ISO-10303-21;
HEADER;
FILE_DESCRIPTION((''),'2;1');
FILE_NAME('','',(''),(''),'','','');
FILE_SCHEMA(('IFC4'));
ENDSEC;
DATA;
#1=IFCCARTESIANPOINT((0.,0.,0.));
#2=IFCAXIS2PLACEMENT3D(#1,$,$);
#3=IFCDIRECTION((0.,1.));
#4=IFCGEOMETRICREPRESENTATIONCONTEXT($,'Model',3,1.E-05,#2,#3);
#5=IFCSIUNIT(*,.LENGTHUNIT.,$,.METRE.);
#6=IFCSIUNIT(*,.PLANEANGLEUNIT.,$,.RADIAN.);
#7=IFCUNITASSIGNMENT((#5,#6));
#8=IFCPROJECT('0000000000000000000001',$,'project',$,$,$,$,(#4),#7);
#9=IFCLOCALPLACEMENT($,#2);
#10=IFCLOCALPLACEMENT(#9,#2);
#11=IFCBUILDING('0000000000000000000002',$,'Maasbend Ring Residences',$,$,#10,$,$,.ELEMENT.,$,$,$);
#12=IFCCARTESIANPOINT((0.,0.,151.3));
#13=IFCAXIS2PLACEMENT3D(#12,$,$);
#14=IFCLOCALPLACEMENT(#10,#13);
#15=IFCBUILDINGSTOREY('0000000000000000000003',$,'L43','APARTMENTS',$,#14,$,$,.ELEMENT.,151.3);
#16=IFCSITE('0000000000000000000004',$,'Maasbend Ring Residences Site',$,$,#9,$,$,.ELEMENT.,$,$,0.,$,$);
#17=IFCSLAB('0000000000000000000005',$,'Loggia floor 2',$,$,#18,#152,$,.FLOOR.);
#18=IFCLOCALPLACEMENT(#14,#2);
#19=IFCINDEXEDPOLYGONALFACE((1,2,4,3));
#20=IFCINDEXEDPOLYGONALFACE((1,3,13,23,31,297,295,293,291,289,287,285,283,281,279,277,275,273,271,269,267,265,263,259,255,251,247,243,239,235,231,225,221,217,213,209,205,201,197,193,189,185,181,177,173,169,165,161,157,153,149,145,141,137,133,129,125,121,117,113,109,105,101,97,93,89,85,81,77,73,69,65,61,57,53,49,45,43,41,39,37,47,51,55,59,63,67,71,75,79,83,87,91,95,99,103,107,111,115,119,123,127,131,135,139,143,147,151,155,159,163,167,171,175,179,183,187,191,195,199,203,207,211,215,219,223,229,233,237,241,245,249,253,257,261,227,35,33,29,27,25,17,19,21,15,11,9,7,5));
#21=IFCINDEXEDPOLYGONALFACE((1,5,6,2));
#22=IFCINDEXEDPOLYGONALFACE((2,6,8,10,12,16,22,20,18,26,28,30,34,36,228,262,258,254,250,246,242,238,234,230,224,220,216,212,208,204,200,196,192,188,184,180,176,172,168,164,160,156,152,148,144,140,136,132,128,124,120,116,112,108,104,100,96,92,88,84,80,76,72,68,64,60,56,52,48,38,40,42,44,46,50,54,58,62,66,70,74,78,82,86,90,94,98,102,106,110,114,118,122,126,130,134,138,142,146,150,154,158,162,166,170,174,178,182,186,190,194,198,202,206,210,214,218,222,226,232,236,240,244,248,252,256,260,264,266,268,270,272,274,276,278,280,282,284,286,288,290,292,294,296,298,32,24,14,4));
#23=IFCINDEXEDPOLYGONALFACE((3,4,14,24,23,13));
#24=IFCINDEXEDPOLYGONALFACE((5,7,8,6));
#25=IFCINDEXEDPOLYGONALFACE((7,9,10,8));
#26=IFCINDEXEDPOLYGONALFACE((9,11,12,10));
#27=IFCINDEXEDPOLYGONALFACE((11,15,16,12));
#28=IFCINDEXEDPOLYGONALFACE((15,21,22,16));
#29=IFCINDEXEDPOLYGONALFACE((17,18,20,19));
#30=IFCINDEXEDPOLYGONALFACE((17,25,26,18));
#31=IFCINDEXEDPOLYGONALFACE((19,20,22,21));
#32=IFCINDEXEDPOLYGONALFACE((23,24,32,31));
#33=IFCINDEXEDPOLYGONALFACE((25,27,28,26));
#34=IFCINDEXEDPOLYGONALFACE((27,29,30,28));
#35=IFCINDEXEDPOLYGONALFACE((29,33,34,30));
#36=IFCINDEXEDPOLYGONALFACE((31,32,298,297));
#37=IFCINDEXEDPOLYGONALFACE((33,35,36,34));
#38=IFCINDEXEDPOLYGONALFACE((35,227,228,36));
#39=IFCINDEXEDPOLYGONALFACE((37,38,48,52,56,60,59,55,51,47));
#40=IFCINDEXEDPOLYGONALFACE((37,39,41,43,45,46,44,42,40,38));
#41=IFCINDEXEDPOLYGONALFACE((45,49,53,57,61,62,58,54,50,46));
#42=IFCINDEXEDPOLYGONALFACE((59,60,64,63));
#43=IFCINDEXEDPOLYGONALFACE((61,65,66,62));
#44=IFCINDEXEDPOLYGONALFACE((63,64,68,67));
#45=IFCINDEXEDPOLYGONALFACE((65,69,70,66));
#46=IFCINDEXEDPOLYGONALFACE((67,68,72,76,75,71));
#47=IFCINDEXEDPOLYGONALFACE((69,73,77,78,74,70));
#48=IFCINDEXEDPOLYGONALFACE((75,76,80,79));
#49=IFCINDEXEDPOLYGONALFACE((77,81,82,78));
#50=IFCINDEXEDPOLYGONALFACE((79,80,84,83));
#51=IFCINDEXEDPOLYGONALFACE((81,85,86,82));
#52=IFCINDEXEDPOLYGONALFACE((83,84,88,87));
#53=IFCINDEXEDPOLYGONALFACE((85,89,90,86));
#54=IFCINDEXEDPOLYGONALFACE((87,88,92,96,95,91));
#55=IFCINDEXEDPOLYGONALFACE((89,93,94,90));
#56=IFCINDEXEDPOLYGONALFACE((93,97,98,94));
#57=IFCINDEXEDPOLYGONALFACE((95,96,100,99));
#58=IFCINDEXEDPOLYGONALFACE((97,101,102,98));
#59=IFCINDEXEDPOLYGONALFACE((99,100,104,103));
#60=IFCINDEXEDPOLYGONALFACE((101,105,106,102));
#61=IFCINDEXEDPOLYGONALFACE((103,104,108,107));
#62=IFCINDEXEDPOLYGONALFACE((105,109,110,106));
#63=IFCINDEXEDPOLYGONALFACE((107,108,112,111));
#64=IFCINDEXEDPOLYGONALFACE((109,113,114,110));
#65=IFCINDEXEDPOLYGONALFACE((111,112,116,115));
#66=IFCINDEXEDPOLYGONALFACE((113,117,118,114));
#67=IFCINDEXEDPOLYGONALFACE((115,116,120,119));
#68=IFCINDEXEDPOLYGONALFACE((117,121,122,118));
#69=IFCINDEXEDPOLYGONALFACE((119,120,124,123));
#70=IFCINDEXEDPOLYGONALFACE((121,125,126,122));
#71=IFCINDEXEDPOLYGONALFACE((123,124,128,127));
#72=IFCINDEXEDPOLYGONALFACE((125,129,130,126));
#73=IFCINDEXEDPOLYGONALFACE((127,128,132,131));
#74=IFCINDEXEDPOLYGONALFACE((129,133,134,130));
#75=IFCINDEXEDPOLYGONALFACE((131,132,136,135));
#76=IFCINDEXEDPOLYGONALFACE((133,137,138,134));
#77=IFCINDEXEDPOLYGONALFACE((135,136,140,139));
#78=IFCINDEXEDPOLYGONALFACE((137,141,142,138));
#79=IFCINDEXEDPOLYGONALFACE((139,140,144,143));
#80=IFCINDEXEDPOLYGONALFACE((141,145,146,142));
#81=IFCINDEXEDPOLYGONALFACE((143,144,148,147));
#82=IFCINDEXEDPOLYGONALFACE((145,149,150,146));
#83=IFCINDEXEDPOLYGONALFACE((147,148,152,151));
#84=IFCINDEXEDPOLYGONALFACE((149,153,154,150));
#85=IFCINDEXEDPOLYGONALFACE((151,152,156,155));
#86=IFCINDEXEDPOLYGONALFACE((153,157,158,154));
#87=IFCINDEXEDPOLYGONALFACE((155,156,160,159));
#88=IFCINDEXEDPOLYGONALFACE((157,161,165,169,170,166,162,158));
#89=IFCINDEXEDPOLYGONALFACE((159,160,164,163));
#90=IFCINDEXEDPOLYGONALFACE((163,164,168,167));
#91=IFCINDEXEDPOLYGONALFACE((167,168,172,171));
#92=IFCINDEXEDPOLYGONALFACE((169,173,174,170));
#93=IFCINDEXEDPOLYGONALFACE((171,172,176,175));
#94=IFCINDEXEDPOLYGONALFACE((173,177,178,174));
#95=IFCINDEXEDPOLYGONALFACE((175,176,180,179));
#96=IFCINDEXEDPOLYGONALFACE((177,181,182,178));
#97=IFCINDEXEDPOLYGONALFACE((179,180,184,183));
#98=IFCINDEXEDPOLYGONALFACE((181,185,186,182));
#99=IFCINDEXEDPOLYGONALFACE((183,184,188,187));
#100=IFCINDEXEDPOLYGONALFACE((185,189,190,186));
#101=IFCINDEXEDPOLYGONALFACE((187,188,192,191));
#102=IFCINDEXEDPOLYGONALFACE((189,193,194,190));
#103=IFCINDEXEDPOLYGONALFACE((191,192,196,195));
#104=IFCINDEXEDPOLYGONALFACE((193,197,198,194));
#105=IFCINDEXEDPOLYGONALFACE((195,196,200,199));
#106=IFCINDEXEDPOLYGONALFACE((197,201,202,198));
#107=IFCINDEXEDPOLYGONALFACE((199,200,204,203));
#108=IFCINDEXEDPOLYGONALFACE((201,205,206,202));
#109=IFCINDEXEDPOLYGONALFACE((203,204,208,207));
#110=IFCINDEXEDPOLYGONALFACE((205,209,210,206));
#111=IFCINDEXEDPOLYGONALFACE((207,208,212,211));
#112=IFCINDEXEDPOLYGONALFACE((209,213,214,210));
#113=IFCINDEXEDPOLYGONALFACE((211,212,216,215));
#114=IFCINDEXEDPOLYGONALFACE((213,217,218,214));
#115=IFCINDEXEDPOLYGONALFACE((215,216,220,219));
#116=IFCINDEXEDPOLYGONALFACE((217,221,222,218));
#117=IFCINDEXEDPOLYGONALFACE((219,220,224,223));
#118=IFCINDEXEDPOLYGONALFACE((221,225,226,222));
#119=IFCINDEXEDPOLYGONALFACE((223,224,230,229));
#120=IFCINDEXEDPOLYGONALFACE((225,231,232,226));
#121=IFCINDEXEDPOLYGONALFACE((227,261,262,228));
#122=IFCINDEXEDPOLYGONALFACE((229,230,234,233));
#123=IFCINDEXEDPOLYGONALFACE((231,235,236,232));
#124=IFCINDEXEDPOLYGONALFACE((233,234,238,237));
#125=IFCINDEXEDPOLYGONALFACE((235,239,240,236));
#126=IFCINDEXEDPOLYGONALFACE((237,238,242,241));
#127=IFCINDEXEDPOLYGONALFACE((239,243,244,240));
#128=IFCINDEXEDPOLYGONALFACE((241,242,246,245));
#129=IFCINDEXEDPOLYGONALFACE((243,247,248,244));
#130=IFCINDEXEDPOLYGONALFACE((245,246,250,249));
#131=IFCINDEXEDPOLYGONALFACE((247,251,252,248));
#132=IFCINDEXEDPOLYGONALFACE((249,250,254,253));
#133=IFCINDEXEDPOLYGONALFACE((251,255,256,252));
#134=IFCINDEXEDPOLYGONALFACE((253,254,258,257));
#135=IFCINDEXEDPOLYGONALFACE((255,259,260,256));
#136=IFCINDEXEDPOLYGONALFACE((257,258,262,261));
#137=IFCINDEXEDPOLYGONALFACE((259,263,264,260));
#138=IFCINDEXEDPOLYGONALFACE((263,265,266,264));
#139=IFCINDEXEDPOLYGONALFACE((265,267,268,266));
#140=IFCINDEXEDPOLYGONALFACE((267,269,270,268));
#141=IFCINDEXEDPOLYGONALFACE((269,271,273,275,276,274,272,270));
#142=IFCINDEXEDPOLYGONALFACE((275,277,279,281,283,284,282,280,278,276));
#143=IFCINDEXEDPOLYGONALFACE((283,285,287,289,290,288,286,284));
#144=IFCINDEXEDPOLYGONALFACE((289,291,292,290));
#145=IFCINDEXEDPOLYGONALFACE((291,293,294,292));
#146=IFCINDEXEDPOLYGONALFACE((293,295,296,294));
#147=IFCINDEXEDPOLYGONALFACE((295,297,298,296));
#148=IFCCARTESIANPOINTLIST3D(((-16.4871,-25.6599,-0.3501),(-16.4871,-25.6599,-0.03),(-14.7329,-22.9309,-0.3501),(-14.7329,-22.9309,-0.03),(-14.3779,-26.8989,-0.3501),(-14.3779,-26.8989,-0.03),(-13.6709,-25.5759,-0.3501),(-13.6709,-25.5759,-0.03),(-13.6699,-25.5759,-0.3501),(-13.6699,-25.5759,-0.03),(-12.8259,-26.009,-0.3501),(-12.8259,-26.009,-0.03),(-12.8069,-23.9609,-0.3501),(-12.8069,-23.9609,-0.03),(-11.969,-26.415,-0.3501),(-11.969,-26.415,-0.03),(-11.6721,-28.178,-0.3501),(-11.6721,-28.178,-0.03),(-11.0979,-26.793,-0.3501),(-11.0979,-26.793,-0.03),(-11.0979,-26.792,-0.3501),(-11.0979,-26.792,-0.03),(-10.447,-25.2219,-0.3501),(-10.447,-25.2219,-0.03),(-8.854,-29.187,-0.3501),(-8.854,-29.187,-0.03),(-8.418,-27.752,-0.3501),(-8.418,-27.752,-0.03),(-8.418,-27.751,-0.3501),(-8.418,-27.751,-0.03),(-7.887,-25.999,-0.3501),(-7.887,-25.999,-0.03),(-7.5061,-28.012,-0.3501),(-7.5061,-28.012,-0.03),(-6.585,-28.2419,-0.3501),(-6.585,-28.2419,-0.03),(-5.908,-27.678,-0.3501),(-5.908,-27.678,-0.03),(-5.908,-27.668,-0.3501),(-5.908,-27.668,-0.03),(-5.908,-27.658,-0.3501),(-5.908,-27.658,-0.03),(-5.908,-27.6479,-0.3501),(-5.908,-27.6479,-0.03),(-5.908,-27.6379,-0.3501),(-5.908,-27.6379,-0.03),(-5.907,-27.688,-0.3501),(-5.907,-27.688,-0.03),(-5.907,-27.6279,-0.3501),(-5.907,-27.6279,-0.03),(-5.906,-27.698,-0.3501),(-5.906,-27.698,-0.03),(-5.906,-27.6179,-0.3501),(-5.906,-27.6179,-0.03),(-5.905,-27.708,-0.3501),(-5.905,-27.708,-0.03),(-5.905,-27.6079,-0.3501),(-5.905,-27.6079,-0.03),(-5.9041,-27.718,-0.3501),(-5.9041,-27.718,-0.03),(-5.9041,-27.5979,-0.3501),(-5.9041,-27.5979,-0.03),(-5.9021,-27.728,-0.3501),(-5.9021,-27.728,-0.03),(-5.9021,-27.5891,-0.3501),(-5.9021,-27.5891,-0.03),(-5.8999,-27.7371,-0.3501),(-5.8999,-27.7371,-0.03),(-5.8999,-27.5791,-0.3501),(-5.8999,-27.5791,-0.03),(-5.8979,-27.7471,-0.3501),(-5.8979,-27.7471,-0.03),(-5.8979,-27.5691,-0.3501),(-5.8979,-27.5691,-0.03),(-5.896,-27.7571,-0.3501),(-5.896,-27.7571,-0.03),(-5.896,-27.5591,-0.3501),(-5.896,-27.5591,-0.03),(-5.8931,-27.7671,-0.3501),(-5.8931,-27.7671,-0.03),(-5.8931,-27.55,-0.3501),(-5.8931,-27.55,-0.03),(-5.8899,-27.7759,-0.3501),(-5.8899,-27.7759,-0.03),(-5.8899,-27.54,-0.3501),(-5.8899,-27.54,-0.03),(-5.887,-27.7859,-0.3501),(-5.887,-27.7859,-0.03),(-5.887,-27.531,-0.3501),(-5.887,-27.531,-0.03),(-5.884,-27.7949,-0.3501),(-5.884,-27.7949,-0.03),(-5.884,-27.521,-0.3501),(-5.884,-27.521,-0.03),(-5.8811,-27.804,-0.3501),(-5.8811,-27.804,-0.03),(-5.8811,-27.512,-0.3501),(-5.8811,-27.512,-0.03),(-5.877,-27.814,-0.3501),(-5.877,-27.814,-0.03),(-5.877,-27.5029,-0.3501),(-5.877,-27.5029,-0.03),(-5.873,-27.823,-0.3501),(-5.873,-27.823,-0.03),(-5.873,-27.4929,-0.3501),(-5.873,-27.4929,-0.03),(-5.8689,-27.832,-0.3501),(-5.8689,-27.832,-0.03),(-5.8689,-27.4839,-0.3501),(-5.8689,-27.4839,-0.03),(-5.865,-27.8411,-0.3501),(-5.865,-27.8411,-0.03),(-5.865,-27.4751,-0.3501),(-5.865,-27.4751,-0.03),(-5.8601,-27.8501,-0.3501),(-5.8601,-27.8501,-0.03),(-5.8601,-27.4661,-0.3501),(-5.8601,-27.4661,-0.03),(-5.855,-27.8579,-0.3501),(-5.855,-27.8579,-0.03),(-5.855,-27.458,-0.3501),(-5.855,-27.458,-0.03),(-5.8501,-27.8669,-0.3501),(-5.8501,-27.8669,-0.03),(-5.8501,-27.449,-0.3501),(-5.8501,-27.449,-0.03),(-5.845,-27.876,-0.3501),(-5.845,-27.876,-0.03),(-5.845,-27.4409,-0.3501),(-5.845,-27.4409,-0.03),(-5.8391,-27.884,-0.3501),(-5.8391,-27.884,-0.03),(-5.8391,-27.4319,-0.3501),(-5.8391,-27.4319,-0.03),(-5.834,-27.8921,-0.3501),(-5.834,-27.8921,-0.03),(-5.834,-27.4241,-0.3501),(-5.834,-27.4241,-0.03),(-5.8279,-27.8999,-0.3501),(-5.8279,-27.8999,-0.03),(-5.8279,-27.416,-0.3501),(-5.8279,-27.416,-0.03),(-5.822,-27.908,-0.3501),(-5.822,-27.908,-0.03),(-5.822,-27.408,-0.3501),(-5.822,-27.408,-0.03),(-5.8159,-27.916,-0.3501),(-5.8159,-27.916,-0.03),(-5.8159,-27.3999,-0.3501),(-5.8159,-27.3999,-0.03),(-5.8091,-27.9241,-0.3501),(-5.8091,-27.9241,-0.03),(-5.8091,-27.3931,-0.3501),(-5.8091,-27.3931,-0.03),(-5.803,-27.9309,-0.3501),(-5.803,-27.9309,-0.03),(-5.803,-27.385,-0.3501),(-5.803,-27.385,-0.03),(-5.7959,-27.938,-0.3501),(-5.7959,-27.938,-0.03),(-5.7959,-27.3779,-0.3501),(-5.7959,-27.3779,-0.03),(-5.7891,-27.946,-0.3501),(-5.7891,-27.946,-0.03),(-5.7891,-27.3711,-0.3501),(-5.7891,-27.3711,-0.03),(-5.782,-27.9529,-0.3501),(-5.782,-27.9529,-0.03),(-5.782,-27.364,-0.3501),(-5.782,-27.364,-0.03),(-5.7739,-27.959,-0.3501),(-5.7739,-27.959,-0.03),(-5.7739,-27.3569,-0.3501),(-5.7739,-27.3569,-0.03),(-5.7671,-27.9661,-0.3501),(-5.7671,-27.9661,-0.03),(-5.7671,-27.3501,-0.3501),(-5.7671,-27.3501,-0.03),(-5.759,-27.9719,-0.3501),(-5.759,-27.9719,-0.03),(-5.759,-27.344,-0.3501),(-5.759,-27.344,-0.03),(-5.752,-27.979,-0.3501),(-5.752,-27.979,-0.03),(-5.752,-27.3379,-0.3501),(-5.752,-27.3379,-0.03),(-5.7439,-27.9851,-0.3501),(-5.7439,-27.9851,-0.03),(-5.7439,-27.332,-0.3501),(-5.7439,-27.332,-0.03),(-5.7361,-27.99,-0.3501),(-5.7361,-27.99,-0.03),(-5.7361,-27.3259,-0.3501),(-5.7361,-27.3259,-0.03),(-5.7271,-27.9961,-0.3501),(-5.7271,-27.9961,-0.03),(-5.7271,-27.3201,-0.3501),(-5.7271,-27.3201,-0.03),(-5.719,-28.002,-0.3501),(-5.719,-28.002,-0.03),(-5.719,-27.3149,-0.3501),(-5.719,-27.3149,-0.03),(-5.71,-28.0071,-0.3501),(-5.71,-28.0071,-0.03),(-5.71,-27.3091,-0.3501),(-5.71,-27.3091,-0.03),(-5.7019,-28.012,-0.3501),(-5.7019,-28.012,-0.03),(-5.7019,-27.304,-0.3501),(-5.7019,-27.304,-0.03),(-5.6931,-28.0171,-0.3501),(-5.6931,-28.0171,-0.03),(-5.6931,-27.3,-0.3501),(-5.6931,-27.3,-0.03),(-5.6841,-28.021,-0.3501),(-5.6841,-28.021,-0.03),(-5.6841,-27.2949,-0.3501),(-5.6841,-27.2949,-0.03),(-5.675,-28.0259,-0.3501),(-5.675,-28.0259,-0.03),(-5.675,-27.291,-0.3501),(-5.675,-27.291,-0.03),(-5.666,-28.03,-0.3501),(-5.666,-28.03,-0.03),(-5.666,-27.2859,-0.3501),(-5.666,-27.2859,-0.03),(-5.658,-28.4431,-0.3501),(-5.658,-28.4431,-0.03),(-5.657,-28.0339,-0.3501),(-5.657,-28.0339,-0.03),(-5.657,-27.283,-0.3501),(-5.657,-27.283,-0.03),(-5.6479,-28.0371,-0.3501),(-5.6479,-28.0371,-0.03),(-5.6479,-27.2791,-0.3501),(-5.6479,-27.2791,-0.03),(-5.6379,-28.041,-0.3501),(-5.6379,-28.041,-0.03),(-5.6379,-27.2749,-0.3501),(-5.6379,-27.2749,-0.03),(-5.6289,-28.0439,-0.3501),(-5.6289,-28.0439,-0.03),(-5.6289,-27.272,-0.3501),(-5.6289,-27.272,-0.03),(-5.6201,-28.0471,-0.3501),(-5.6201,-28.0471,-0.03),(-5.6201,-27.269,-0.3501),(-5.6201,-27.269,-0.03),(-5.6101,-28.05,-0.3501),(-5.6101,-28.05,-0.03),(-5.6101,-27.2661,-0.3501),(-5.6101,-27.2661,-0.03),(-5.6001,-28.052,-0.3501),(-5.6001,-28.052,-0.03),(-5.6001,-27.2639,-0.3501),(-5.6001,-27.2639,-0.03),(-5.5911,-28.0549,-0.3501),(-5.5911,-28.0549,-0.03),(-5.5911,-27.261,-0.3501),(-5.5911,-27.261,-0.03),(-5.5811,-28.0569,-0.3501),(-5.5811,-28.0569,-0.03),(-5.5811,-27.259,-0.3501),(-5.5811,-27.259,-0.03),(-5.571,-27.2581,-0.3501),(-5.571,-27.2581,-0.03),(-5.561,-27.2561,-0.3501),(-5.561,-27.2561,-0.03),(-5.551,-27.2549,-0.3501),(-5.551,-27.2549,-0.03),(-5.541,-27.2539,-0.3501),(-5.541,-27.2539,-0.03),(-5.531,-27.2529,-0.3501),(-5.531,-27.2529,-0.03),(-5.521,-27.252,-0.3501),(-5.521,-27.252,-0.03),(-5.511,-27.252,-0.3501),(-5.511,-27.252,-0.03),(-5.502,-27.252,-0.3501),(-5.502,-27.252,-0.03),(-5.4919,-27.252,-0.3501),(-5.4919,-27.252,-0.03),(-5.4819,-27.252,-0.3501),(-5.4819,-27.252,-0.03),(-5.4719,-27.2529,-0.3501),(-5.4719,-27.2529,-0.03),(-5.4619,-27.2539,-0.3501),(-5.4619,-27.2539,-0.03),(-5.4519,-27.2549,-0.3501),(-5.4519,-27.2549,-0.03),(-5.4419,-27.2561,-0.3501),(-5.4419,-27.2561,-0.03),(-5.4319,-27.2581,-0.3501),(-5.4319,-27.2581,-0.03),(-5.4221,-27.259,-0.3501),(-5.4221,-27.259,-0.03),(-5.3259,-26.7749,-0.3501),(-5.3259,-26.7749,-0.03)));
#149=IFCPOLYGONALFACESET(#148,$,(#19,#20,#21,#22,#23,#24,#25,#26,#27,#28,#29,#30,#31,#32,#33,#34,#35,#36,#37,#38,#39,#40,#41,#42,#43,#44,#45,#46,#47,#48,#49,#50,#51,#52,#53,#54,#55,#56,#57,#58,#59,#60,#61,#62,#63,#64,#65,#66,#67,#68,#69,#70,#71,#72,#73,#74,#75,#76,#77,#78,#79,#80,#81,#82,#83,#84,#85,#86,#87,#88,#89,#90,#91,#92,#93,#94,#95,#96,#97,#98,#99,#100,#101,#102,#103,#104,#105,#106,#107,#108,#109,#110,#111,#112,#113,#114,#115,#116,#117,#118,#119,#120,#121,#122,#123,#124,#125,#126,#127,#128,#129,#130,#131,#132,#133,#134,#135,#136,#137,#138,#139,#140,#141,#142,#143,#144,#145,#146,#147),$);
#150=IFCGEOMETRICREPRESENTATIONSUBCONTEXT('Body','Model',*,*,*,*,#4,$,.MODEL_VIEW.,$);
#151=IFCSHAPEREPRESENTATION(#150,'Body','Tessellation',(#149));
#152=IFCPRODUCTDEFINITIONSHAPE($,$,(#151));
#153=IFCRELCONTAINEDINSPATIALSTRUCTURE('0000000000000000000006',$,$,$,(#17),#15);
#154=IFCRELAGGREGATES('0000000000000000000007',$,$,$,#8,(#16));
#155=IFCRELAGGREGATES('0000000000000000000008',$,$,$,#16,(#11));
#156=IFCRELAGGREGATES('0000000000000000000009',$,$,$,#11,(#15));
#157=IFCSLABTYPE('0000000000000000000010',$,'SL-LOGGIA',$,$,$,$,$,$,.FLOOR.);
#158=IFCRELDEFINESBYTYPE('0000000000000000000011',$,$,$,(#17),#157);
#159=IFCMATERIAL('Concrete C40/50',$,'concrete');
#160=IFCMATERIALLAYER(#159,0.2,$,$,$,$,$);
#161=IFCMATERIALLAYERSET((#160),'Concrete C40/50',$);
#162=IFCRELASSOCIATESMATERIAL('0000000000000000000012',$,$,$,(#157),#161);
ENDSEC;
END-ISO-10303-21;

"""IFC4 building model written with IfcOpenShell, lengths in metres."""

from ifc_helpers import new_model, si_unit, direction, frame, origin, place, context, subcontext, project, spatial, polyline, outline, extrude, material, layer, layer_set, type_object, element, save


model = new_model("IFC4")

# Units and contexts
model_context = context("Model", 3, precision=1e-05, world=origin(), true_north=direction((0.0, 1.0)))
body_context = subcontext(model_context, "Body", "Model", "MODEL_VIEW")
ifc_project = project(units=[si_unit("LENGTHUNIT", "METRE"), si_unit("PLANEANGLEUNIT", "RADIAN")], contexts=[model_context])

# Site, building, storey
site_placement = place(None, origin())
site = spatial("IfcSite", under=ifc_project, at=site_placement, Name="Maasbend Ring Residences Site", CompositionType="ELEMENT", RefElevation=0.0)
building_placement = place(site_placement, origin())
building = spatial("IfcBuilding", under=site, at=building_placement, Name="Maasbend Ring Residences", CompositionType="ELEMENT")
storey_placement = place(building_placement, frame((0.0, 0.0, 151.3)))
storey = spatial("IfcBuildingStorey", under=building, at=storey_placement, Name="L43", Description="APARTMENTS", CompositionType="ELEMENT", Elevation=151.3)

# Slab
ifc_material_1 = material(Name="Concrete C40/50", Category="concrete")
ifc_layer_1 = layer(ifc_material_1, 0.2)
ifc_layer_set_1 = layer_set([ifc_layer_1], Name="Concrete C40/50")
slab_type = type_object("IfcSlabType", Name="SL-LOGGIA", PredefinedType="FLOOR", material=ifc_layer_set_1)
slab_1_placement = place(storey_placement, frame((0.0, 0.0, -0.3501)))
element("IfcSlab", 1, at=slab_1_placement, inside=storey, type_object=slab_type, Name="Loggia floor 2", PredefinedType="FLOOR", context=body_context, shape_type="SweptSolid", body=[
    extrude(outline(polyline([(-12.8069, -23.9609), (-10.447, -25.2219), (-10.447, -25.2219), (-10.447, -25.2219), (-7.887, -25.999), (-5.3259, -26.7749), (-5.3259, -26.7749), (-5.3259, -26.7749), (-5.4221, -27.259), (-5.4319, -27.2581), (-5.4419, -27.2561), (-5.4519, -27.2549), (-5.4619, -27.2539), (-5.4719, -27.2529), (-5.4819, -27.252), (-5.4919, -27.252), (-5.502, -27.252), (-5.511, -27.252), (-5.521, -27.252), (-5.531, -27.2529), (-5.541, -27.2539), (-5.551, -27.2549), (-5.561, -27.2561), (-5.571, -27.2581), (-5.5811, -27.259), (-5.5911, -27.261), (-5.6001, -27.2639), (-5.6101, -27.2661), (-5.6201, -27.269), (-5.6289, -27.272), (-5.6379, -27.2749), (-5.6479, -27.2791), (-5.657, -27.283), (-5.666, -27.2859), (-5.675, -27.291), (-5.6841, -27.2949), (-5.6931, -27.3), (-5.7019, -27.304), (-5.71, -27.3091), (-5.719, -27.3149), (-5.7271, -27.3201), (-5.7361, -27.3259), (-5.7439, -27.332), (-5.752, -27.3379), (-5.759, -27.344), (-5.7671, -27.3501), (-5.7739, -27.3569), (-5.782, -27.364), (-5.7891, -27.3711), (-5.7959, -27.3779), (-5.803, -27.385), (-5.8091, -27.3931), (-5.8159, -27.3999), (-5.822, -27.408), (-5.8279, -27.416), (-5.834, -27.4241), (-5.8391, -27.4319), (-5.845, -27.4409), (-5.8501, -27.449), (-5.855, -27.458), (-5.8601, -27.4661), (-5.865, -27.4751), (-5.8689, -27.4839), (-5.873, -27.4929), (-5.877, -27.5029), (-5.8811, -27.512), (-5.884, -27.521), (-5.887, -27.531), (-5.8899, -27.54), (-5.8931, -27.55), (-5.896, -27.5591), (-5.8979, -27.5691), (-5.8999, -27.5791), (-5.9021, -27.5891), (-5.9041, -27.5979), (-5.905, -27.6079), (-5.906, -27.6179), (-5.907, -27.6279), (-5.908, -27.6379), (-5.908, -27.6479), (-5.908, -27.658), (-5.908, -27.668), (-5.908, -27.678), (-5.907, -27.688), (-5.906, -27.698), (-5.905, -27.708), (-5.9041, -27.718), (-5.9021, -27.728), (-5.8999, -27.7371), (-5.8979, -27.7471), (-5.896, -27.7571), (-5.8931, -27.7671), (-5.8899, -27.7759), (-5.887, -27.7859), (-5.884, -27.7949), (-5.8811, -27.804), (-5.877, -27.814), (-5.873, -27.823), (-5.8689, -27.832), (-5.865, -27.8411), (-5.8601, -27.8501), (-5.855, -27.8579), (-5.8501, -27.8669), (-5.845, -27.876), (-5.8391, -27.884), (-5.834, -27.8921), (-5.8279, -27.8999), (-5.822, -27.908), (-5.8159, -27.916), (-5.8091, -27.9241), (-5.803, -27.9309), (-5.7959, -27.938), (-5.7891, -27.946), (-5.782, -27.9529), (-5.7739, -27.959), (-5.7671, -27.9661), (-5.759, -27.9719), (-5.752, -27.979), (-5.7439, -27.9851), (-5.7361, -27.99), (-5.7271, -27.9961), (-5.719, -28.002), (-5.71, -28.0071), (-5.7019, -28.012), (-5.6931, -28.0171), (-5.6841, -28.021), (-5.675, -28.0259), (-5.666, -28.03), (-5.657, -28.0339), (-5.6479, -28.0371), (-5.6379, -28.041), (-5.6289, -28.0439), (-5.6201, -28.0471), (-5.6101, -28.05), (-5.6001, -28.052), (-5.5911, -28.0549), (-5.5811, -28.0569), (-5.658, -28.4431), (-5.658, -28.4431), (-5.658, -28.4431), (-6.585, -28.2419), (-6.585, -28.2419), (-7.5061, -28.012), (-7.5061, -28.012), (-8.418, -27.751), (-8.418, -27.751), (-8.418, -27.751), (-8.418, -27.751), (-8.418, -27.751), (-8.418, -27.751), (-8.418, -27.751), (-8.418, -27.751), (-8.418, -27.751), (-8.418, -27.751), (-8.418, -27.752), (-8.418, -27.752), (-8.418, -27.752), (-8.418, -27.752), (-8.418, -27.752), (-8.418, -27.752), (-8.418, -27.752), (-8.854, -29.187), (-8.854, -29.187), (-8.854, -29.187), (-11.6721, -28.178), (-11.6721, -28.178), (-11.6721, -28.178), (-11.0979, -26.793), (-11.0979, -26.793), (-11.0979, -26.793), (-11.0979, -26.793), (-11.0979, -26.793), (-11.0979, -26.793), (-11.0979, -26.793), (-11.0979, -26.793), (-11.0979, -26.793), (-11.0979, -26.793), (-11.0979, -26.792), (-11.0979, -26.792), (-11.0979, -26.792), (-11.0979, -26.792), (-11.0979, -26.792), (-11.0979, -26.792), (-11.0979, -26.792), (-11.969, -26.415), (-11.969, -26.415), (-12.8259, -26.009), (-12.8259, -26.009), (-13.6699, -25.5759), (-13.6699, -25.5759), (-13.6699, -25.5759), (-13.6699, -25.5759), (-13.6699, -25.5759), (-13.6699, -25.5759), (-13.6699, -25.5759), (-13.6699, -25.5759), (-13.6699, -25.5759), (-13.6699, -25.5759), (-13.6709, -25.5759), (-13.6709, -25.5759), (-13.6709, -25.5759), (-13.6709, -25.5759), (-13.6709, -25.5759), (-13.6709, -25.5759), (-13.6709, -25.5759), (-14.3779, -26.8989), (-14.3779, -26.8989), (-14.3779, -26.8989), (-16.4871, -25.6599), (-16.4871, -25.6599), (-16.4871, -25.6599), (-14.7329, -22.9309), (-14.7329, -22.9309), (-14.7329, -22.9309), (-12.8069, -23.9609)])), origin(), (0.0, 0.0, 1.0), 0.3201),
])

save(model, "model.ifc")
